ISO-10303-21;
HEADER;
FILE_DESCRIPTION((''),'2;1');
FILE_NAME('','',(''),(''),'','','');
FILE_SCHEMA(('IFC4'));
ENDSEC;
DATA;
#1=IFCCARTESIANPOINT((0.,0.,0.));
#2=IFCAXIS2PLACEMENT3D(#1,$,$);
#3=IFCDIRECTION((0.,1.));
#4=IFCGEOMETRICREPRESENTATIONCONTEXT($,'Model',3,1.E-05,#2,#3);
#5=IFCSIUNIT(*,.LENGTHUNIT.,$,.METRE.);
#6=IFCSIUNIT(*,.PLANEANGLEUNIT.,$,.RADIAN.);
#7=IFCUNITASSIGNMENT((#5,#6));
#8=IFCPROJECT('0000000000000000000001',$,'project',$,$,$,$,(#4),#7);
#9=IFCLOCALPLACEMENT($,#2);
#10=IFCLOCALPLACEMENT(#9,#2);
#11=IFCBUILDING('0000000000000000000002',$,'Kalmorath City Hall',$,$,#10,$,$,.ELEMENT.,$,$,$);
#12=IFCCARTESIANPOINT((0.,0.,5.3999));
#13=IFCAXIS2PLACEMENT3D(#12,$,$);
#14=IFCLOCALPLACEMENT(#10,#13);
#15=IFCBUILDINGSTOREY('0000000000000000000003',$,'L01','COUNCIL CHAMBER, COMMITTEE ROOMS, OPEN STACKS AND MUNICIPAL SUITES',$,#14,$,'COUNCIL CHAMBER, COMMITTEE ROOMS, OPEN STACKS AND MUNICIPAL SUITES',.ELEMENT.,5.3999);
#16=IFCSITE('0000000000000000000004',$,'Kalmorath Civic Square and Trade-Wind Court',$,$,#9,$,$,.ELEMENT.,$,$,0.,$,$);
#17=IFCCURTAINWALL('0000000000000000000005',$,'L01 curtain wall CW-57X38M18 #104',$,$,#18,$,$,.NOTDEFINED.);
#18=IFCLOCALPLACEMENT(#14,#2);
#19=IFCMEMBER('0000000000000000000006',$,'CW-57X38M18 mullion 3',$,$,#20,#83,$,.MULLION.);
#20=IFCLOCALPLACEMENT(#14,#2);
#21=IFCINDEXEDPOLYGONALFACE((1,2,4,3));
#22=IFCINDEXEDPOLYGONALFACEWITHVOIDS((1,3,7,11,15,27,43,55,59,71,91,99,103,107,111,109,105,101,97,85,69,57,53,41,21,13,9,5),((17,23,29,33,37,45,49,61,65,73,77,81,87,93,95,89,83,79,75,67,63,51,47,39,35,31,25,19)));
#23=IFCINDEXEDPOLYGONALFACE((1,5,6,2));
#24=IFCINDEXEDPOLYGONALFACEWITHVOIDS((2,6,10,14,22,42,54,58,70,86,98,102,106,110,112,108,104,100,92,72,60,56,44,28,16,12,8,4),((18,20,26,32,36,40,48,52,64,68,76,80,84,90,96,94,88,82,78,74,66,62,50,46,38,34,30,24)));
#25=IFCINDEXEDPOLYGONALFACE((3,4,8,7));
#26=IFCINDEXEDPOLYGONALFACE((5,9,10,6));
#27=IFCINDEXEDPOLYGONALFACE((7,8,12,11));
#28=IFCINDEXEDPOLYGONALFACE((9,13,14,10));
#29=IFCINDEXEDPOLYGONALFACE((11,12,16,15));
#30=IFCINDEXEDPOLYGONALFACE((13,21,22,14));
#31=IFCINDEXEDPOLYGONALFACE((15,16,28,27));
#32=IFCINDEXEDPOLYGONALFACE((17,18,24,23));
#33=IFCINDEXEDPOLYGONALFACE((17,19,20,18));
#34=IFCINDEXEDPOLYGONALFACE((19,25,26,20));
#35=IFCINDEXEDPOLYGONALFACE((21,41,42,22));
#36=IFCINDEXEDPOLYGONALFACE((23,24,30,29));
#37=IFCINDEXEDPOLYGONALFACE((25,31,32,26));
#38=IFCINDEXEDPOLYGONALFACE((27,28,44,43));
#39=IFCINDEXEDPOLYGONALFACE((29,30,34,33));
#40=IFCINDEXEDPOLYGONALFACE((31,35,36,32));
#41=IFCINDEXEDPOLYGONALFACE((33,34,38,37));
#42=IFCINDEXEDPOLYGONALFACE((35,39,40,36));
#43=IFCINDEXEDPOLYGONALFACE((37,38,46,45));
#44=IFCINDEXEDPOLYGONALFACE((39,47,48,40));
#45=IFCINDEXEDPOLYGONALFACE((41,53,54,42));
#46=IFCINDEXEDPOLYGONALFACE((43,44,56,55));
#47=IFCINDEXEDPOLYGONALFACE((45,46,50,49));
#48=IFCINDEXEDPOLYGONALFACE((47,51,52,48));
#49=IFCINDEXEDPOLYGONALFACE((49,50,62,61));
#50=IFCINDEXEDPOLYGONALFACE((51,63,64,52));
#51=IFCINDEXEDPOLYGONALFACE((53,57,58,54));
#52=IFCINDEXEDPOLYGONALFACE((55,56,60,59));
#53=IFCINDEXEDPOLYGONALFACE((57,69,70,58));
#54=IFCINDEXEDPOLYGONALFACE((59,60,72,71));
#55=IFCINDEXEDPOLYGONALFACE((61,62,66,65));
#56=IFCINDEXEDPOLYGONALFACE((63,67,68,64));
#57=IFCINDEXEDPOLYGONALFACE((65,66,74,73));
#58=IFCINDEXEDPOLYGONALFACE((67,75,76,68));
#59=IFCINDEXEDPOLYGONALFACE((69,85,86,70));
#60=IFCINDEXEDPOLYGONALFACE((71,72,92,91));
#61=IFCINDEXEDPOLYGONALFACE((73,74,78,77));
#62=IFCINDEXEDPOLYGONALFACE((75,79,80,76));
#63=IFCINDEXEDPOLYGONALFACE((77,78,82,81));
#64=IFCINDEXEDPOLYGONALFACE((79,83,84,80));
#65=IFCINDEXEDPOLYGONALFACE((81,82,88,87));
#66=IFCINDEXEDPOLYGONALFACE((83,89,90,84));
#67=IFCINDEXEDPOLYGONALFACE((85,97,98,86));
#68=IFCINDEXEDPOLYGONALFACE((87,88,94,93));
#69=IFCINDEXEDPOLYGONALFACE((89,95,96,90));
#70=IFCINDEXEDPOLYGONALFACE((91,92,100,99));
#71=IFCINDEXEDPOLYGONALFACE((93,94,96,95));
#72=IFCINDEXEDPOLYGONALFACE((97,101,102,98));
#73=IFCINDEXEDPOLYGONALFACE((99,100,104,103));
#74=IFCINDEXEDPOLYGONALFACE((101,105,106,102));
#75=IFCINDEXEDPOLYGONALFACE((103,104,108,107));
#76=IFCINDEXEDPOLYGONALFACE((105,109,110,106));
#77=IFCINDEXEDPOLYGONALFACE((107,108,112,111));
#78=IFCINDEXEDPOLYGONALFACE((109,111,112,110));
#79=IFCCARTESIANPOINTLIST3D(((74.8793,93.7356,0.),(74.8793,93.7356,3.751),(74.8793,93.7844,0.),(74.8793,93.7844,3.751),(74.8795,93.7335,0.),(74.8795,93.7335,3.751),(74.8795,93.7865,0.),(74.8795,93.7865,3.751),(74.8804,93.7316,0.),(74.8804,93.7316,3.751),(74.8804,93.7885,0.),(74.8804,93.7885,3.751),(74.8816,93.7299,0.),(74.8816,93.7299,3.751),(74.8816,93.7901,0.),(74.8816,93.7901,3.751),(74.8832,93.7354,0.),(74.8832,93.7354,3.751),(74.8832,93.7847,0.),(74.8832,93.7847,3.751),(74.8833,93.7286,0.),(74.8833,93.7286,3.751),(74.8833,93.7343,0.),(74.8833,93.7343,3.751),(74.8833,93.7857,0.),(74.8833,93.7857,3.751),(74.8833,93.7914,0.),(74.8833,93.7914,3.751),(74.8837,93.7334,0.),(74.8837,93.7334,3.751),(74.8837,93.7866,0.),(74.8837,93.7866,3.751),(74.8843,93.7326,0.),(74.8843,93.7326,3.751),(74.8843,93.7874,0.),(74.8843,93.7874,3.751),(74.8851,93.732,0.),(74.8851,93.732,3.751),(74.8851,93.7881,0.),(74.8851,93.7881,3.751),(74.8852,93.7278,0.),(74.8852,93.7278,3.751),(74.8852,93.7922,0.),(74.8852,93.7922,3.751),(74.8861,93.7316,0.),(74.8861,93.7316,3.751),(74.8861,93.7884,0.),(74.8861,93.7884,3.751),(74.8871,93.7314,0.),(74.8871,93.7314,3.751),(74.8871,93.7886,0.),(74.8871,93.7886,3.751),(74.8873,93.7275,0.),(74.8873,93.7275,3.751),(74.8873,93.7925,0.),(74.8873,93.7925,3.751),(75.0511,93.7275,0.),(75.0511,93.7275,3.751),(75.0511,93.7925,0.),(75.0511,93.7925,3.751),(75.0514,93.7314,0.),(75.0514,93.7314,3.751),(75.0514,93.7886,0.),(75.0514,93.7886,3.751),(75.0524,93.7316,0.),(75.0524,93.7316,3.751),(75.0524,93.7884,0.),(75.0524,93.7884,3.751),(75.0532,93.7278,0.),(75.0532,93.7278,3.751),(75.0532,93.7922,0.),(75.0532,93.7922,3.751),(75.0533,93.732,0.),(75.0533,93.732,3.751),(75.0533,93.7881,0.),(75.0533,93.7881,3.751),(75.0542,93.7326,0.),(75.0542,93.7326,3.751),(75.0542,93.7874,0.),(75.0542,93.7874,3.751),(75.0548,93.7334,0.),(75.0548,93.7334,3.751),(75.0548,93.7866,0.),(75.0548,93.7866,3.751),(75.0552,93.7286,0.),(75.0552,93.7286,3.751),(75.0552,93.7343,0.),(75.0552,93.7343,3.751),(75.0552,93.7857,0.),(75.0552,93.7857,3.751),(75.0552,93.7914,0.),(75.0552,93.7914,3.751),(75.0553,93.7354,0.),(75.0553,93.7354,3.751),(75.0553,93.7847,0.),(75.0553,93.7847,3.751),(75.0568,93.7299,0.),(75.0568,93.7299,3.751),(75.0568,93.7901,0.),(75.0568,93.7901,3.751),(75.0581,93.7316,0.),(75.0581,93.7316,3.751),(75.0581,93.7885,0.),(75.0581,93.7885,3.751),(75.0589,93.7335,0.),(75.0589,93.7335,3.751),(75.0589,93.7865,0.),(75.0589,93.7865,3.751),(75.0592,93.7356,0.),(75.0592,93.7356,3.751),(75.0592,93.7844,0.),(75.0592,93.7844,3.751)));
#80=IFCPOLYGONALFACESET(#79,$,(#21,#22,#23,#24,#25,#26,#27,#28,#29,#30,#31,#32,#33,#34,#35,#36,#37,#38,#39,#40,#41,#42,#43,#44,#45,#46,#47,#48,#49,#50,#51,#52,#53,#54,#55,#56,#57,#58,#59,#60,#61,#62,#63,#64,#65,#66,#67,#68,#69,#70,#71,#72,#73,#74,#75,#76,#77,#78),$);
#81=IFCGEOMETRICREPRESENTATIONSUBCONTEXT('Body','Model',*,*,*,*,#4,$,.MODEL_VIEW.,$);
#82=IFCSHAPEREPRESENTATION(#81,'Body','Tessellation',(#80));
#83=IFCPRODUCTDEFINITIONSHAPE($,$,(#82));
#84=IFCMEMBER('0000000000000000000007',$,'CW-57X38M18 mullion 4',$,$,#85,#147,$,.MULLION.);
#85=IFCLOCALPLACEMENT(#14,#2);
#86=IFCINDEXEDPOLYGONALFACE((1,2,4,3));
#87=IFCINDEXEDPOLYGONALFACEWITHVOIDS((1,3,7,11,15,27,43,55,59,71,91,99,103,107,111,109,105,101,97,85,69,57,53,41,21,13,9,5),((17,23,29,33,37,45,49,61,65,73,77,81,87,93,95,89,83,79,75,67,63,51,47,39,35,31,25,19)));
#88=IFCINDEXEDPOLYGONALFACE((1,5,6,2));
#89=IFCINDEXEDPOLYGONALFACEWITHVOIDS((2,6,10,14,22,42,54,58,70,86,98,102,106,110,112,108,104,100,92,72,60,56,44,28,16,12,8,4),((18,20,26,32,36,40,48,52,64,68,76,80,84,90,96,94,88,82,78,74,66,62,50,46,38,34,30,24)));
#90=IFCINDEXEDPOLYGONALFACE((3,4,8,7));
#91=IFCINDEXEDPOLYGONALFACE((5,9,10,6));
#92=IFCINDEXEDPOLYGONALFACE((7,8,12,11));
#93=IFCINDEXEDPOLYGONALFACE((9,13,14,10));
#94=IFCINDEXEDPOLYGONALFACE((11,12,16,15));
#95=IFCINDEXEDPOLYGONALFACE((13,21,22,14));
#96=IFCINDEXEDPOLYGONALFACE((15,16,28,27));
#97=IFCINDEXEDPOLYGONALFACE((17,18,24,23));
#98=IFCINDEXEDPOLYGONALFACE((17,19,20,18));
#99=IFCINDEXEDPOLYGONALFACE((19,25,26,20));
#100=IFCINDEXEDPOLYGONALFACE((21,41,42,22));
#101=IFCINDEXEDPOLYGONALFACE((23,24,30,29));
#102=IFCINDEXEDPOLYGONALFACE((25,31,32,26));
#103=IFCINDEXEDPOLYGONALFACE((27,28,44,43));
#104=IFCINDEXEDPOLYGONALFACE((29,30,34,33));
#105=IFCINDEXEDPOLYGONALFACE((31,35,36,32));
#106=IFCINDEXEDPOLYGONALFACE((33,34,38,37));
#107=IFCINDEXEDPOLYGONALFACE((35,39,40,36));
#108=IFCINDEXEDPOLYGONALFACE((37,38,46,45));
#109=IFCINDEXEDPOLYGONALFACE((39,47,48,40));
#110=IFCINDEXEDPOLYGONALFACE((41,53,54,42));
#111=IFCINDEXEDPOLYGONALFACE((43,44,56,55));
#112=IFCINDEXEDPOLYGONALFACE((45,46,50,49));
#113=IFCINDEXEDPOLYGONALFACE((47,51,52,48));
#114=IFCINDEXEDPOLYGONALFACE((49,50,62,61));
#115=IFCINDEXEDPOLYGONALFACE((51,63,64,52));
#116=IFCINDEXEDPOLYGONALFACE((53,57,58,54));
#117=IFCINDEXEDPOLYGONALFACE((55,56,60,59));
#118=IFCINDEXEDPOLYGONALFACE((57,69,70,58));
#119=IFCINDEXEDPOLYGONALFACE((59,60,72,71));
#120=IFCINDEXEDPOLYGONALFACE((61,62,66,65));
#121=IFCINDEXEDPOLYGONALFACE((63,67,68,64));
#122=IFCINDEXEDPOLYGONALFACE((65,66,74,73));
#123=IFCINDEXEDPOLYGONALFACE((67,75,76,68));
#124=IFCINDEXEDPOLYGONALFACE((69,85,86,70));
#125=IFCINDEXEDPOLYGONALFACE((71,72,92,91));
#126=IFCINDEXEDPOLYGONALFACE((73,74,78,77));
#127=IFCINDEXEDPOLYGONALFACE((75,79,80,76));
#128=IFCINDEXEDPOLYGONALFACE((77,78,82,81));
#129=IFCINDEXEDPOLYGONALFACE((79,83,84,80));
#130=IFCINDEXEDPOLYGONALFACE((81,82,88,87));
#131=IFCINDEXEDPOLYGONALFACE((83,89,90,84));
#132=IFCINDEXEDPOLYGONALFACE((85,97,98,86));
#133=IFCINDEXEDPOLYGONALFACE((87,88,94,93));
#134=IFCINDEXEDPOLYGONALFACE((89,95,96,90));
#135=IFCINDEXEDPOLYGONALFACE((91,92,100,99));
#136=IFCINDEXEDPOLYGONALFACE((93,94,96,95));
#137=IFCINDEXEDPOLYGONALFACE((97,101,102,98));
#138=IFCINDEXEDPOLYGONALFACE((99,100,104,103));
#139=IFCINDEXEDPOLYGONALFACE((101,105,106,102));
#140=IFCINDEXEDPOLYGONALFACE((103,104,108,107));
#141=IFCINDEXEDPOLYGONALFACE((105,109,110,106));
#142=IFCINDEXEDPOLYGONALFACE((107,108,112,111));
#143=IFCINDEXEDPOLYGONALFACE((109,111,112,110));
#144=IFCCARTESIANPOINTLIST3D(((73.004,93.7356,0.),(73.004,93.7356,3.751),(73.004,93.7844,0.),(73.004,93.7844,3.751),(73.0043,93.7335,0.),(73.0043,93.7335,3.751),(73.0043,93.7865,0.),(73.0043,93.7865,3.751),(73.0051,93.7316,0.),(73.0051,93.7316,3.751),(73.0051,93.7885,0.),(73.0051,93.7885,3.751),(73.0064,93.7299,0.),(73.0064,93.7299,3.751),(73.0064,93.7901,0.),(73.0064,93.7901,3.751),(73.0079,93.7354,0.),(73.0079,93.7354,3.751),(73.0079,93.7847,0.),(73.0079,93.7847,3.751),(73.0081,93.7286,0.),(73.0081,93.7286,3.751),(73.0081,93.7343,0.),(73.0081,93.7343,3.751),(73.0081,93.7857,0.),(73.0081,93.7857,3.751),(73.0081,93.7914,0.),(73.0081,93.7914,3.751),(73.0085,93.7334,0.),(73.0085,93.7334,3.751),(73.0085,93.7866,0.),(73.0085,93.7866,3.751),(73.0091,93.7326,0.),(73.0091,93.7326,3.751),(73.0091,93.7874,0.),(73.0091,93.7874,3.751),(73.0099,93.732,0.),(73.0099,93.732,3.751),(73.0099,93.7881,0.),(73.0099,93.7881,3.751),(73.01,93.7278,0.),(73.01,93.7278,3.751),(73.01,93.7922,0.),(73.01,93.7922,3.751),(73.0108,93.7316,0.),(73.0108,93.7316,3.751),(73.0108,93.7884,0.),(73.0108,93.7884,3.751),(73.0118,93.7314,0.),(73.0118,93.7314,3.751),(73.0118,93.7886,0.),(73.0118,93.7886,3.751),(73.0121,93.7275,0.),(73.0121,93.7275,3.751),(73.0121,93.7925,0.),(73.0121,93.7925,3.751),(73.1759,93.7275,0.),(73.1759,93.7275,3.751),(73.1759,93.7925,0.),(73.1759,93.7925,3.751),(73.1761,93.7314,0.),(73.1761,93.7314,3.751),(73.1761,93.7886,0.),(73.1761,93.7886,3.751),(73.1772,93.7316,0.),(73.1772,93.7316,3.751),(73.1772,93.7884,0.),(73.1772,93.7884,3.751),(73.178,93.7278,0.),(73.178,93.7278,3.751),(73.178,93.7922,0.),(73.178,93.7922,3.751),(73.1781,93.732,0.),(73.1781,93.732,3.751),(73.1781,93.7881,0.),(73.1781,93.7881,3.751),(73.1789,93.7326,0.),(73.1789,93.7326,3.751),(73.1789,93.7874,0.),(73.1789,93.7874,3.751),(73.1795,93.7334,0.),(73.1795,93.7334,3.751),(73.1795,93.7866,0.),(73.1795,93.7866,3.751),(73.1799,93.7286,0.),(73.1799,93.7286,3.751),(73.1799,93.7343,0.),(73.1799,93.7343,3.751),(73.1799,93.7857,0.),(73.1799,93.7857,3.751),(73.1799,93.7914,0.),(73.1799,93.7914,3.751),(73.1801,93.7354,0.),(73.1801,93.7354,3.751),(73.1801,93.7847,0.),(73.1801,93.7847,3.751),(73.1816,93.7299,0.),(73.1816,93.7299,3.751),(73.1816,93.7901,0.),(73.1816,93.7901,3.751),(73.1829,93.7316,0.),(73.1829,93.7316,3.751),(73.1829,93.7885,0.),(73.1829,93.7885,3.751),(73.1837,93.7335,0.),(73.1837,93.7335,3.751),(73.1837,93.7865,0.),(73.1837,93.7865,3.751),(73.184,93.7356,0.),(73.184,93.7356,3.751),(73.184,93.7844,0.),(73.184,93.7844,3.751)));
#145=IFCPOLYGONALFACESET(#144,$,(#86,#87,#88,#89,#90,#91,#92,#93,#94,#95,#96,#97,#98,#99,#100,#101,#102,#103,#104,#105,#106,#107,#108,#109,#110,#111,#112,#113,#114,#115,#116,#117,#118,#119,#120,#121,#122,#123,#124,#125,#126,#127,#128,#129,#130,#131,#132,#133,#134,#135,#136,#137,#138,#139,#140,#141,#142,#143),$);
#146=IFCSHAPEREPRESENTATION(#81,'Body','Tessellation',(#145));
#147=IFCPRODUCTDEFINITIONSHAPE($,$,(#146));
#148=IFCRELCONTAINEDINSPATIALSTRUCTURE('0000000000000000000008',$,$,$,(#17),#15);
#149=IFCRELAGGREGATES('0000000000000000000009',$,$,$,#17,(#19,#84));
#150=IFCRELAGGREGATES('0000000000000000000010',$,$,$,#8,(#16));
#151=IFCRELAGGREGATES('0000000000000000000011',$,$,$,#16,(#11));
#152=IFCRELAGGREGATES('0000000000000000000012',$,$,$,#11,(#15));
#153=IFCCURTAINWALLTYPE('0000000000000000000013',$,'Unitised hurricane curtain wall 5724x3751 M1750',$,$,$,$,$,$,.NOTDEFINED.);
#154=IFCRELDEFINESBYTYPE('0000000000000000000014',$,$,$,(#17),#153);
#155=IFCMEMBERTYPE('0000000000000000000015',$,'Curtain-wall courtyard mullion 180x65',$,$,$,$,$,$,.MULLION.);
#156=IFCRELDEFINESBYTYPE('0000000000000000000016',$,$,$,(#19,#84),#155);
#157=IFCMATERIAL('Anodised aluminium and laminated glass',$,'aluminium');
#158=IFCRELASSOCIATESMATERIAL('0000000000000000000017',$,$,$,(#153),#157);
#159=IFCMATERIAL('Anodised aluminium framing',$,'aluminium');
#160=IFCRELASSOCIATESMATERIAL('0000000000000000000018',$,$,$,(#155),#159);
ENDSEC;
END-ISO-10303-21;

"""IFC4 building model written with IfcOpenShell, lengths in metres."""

from ifc_helpers import new_model, si_unit, direction, frame, origin, origin_2d, place, context, subcontext, project, spatial, hollow_rectangle, extrude, material, material_profile, profile_set, type_object, element, aggregate, save


model = new_model("IFC4")

# Units and contexts
model_context = context("Model", 3, precision=1e-05, world=origin(), true_north=direction((0.0, 1.0)))
body_context = subcontext(model_context, "Body", "Model", "MODEL_VIEW")
ifc_project = project(units=[si_unit("LENGTHUNIT", "METRE"), si_unit("PLANEANGLEUNIT", "RADIAN")], contexts=[model_context])

# Site, building, storey
site_placement = place(None, origin())
site = spatial("IfcSite", under=ifc_project, at=site_placement, Name="Kalmorath Civic Square and Trade-Wind Court", CompositionType="ELEMENT", RefElevation=0.0)
building_placement = place(site_placement, origin())
building = spatial("IfcBuilding", under=site, at=building_placement, Name="Kalmorath City Hall", CompositionType="ELEMENT")
storey_placement = place(building_placement, frame((0.0, 0.0, 5.3999)))
storey = spatial("IfcBuildingStorey", under=building, at=storey_placement, Name="L01", Description="COUNCIL CHAMBER, COMMITTEE ROOMS, OPEN STACKS AND MUNICIPAL SUITES", LongName="COUNCIL CHAMBER, COMMITTEE ROOMS, OPEN STACKS AND MUNICIPAL SUITES", CompositionType="ELEMENT", Elevation=5.3999)

# Curtain wall, members
ifc_material_1 = material(Name="Anodised aluminium and laminated glass", Category="aluminium")
curtain_wall_type = type_object("IfcCurtainWallType", Name="Unitised hurricane curtain wall 5724x3751 M1750", PredefinedType="NOTDEFINED", material=ifc_material_1)
curtain_wall_placement = place(storey_placement, origin())
curtain_wall = element("IfcCurtainWall", 1, at=curtain_wall_placement, inside=storey, type_object=curtain_wall_type, Name="L01 curtain wall CW-57X38M18 #104", PredefinedType="NOTDEFINED")
ifc_material_2 = material(Name="Anodised aluminium framing", Category="aluminium")
ifc_material_profile_1 = material_profile(ifc_material_2, hollow_rectangle(XDim=0.0649, YDim=0.1799, WallThickness=0.0039, InnerFilletRadius=0.0039, OuterFilletRadius=0.0081, at=origin_2d()), Name="ALU-MUL-180X65X4")
ifc_profile_set_1 = profile_set([ifc_material_profile_1], Name="Anodised aluminium framing")
member_type_1 = type_object("IfcMemberType", Name="Curtain-wall courtyard mullion 180x65", PredefinedType="MULLION", material=ifc_profile_set_1)
member_1_placement = place(storey_placement, frame((74.9692, 93.76, 0.0), z_axis=(0.0, 0.0, 1.0), x_axis=(0.0, -1.0, 0.0)))
member_1 = element("IfcMember", 2, at=member_1_placement, type_object=member_type_1, Name="CW-57X38M18 mullion 3", PredefinedType="MULLION", context=body_context, shape_type="SweptSolid", body=[
    extrude(hollow_rectangle(XDim=0.0649, YDim=0.1799, WallThickness=0.0039, InnerFilletRadius=0.0039, OuterFilletRadius=0.0081, at=origin_2d()), origin(), (0.0, 0.0, 1.0), 3.751),
])
member_2_placement = place(storey_placement, frame((73.094, 93.76, 0.0), z_axis=(0.0, 0.0, 1.0), x_axis=(0.0, -1.0, 0.0)))
member_2 = element("IfcMember", 3, at=member_2_placement, type_object=member_type_1, Name="CW-57X38M18 mullion 4", PredefinedType="MULLION", context=body_context, shape_type="SweptSolid", body=[
    extrude(hollow_rectangle(XDim=0.0649, YDim=0.1799, WallThickness=0.0039, InnerFilletRadius=0.0039, OuterFilletRadius=0.0081, at=origin_2d()), origin(), (0.0, 0.0, 1.0), 3.751),
])
aggregate(curtain_wall, [member_1, member_2])

save(model, "model.ifc")
